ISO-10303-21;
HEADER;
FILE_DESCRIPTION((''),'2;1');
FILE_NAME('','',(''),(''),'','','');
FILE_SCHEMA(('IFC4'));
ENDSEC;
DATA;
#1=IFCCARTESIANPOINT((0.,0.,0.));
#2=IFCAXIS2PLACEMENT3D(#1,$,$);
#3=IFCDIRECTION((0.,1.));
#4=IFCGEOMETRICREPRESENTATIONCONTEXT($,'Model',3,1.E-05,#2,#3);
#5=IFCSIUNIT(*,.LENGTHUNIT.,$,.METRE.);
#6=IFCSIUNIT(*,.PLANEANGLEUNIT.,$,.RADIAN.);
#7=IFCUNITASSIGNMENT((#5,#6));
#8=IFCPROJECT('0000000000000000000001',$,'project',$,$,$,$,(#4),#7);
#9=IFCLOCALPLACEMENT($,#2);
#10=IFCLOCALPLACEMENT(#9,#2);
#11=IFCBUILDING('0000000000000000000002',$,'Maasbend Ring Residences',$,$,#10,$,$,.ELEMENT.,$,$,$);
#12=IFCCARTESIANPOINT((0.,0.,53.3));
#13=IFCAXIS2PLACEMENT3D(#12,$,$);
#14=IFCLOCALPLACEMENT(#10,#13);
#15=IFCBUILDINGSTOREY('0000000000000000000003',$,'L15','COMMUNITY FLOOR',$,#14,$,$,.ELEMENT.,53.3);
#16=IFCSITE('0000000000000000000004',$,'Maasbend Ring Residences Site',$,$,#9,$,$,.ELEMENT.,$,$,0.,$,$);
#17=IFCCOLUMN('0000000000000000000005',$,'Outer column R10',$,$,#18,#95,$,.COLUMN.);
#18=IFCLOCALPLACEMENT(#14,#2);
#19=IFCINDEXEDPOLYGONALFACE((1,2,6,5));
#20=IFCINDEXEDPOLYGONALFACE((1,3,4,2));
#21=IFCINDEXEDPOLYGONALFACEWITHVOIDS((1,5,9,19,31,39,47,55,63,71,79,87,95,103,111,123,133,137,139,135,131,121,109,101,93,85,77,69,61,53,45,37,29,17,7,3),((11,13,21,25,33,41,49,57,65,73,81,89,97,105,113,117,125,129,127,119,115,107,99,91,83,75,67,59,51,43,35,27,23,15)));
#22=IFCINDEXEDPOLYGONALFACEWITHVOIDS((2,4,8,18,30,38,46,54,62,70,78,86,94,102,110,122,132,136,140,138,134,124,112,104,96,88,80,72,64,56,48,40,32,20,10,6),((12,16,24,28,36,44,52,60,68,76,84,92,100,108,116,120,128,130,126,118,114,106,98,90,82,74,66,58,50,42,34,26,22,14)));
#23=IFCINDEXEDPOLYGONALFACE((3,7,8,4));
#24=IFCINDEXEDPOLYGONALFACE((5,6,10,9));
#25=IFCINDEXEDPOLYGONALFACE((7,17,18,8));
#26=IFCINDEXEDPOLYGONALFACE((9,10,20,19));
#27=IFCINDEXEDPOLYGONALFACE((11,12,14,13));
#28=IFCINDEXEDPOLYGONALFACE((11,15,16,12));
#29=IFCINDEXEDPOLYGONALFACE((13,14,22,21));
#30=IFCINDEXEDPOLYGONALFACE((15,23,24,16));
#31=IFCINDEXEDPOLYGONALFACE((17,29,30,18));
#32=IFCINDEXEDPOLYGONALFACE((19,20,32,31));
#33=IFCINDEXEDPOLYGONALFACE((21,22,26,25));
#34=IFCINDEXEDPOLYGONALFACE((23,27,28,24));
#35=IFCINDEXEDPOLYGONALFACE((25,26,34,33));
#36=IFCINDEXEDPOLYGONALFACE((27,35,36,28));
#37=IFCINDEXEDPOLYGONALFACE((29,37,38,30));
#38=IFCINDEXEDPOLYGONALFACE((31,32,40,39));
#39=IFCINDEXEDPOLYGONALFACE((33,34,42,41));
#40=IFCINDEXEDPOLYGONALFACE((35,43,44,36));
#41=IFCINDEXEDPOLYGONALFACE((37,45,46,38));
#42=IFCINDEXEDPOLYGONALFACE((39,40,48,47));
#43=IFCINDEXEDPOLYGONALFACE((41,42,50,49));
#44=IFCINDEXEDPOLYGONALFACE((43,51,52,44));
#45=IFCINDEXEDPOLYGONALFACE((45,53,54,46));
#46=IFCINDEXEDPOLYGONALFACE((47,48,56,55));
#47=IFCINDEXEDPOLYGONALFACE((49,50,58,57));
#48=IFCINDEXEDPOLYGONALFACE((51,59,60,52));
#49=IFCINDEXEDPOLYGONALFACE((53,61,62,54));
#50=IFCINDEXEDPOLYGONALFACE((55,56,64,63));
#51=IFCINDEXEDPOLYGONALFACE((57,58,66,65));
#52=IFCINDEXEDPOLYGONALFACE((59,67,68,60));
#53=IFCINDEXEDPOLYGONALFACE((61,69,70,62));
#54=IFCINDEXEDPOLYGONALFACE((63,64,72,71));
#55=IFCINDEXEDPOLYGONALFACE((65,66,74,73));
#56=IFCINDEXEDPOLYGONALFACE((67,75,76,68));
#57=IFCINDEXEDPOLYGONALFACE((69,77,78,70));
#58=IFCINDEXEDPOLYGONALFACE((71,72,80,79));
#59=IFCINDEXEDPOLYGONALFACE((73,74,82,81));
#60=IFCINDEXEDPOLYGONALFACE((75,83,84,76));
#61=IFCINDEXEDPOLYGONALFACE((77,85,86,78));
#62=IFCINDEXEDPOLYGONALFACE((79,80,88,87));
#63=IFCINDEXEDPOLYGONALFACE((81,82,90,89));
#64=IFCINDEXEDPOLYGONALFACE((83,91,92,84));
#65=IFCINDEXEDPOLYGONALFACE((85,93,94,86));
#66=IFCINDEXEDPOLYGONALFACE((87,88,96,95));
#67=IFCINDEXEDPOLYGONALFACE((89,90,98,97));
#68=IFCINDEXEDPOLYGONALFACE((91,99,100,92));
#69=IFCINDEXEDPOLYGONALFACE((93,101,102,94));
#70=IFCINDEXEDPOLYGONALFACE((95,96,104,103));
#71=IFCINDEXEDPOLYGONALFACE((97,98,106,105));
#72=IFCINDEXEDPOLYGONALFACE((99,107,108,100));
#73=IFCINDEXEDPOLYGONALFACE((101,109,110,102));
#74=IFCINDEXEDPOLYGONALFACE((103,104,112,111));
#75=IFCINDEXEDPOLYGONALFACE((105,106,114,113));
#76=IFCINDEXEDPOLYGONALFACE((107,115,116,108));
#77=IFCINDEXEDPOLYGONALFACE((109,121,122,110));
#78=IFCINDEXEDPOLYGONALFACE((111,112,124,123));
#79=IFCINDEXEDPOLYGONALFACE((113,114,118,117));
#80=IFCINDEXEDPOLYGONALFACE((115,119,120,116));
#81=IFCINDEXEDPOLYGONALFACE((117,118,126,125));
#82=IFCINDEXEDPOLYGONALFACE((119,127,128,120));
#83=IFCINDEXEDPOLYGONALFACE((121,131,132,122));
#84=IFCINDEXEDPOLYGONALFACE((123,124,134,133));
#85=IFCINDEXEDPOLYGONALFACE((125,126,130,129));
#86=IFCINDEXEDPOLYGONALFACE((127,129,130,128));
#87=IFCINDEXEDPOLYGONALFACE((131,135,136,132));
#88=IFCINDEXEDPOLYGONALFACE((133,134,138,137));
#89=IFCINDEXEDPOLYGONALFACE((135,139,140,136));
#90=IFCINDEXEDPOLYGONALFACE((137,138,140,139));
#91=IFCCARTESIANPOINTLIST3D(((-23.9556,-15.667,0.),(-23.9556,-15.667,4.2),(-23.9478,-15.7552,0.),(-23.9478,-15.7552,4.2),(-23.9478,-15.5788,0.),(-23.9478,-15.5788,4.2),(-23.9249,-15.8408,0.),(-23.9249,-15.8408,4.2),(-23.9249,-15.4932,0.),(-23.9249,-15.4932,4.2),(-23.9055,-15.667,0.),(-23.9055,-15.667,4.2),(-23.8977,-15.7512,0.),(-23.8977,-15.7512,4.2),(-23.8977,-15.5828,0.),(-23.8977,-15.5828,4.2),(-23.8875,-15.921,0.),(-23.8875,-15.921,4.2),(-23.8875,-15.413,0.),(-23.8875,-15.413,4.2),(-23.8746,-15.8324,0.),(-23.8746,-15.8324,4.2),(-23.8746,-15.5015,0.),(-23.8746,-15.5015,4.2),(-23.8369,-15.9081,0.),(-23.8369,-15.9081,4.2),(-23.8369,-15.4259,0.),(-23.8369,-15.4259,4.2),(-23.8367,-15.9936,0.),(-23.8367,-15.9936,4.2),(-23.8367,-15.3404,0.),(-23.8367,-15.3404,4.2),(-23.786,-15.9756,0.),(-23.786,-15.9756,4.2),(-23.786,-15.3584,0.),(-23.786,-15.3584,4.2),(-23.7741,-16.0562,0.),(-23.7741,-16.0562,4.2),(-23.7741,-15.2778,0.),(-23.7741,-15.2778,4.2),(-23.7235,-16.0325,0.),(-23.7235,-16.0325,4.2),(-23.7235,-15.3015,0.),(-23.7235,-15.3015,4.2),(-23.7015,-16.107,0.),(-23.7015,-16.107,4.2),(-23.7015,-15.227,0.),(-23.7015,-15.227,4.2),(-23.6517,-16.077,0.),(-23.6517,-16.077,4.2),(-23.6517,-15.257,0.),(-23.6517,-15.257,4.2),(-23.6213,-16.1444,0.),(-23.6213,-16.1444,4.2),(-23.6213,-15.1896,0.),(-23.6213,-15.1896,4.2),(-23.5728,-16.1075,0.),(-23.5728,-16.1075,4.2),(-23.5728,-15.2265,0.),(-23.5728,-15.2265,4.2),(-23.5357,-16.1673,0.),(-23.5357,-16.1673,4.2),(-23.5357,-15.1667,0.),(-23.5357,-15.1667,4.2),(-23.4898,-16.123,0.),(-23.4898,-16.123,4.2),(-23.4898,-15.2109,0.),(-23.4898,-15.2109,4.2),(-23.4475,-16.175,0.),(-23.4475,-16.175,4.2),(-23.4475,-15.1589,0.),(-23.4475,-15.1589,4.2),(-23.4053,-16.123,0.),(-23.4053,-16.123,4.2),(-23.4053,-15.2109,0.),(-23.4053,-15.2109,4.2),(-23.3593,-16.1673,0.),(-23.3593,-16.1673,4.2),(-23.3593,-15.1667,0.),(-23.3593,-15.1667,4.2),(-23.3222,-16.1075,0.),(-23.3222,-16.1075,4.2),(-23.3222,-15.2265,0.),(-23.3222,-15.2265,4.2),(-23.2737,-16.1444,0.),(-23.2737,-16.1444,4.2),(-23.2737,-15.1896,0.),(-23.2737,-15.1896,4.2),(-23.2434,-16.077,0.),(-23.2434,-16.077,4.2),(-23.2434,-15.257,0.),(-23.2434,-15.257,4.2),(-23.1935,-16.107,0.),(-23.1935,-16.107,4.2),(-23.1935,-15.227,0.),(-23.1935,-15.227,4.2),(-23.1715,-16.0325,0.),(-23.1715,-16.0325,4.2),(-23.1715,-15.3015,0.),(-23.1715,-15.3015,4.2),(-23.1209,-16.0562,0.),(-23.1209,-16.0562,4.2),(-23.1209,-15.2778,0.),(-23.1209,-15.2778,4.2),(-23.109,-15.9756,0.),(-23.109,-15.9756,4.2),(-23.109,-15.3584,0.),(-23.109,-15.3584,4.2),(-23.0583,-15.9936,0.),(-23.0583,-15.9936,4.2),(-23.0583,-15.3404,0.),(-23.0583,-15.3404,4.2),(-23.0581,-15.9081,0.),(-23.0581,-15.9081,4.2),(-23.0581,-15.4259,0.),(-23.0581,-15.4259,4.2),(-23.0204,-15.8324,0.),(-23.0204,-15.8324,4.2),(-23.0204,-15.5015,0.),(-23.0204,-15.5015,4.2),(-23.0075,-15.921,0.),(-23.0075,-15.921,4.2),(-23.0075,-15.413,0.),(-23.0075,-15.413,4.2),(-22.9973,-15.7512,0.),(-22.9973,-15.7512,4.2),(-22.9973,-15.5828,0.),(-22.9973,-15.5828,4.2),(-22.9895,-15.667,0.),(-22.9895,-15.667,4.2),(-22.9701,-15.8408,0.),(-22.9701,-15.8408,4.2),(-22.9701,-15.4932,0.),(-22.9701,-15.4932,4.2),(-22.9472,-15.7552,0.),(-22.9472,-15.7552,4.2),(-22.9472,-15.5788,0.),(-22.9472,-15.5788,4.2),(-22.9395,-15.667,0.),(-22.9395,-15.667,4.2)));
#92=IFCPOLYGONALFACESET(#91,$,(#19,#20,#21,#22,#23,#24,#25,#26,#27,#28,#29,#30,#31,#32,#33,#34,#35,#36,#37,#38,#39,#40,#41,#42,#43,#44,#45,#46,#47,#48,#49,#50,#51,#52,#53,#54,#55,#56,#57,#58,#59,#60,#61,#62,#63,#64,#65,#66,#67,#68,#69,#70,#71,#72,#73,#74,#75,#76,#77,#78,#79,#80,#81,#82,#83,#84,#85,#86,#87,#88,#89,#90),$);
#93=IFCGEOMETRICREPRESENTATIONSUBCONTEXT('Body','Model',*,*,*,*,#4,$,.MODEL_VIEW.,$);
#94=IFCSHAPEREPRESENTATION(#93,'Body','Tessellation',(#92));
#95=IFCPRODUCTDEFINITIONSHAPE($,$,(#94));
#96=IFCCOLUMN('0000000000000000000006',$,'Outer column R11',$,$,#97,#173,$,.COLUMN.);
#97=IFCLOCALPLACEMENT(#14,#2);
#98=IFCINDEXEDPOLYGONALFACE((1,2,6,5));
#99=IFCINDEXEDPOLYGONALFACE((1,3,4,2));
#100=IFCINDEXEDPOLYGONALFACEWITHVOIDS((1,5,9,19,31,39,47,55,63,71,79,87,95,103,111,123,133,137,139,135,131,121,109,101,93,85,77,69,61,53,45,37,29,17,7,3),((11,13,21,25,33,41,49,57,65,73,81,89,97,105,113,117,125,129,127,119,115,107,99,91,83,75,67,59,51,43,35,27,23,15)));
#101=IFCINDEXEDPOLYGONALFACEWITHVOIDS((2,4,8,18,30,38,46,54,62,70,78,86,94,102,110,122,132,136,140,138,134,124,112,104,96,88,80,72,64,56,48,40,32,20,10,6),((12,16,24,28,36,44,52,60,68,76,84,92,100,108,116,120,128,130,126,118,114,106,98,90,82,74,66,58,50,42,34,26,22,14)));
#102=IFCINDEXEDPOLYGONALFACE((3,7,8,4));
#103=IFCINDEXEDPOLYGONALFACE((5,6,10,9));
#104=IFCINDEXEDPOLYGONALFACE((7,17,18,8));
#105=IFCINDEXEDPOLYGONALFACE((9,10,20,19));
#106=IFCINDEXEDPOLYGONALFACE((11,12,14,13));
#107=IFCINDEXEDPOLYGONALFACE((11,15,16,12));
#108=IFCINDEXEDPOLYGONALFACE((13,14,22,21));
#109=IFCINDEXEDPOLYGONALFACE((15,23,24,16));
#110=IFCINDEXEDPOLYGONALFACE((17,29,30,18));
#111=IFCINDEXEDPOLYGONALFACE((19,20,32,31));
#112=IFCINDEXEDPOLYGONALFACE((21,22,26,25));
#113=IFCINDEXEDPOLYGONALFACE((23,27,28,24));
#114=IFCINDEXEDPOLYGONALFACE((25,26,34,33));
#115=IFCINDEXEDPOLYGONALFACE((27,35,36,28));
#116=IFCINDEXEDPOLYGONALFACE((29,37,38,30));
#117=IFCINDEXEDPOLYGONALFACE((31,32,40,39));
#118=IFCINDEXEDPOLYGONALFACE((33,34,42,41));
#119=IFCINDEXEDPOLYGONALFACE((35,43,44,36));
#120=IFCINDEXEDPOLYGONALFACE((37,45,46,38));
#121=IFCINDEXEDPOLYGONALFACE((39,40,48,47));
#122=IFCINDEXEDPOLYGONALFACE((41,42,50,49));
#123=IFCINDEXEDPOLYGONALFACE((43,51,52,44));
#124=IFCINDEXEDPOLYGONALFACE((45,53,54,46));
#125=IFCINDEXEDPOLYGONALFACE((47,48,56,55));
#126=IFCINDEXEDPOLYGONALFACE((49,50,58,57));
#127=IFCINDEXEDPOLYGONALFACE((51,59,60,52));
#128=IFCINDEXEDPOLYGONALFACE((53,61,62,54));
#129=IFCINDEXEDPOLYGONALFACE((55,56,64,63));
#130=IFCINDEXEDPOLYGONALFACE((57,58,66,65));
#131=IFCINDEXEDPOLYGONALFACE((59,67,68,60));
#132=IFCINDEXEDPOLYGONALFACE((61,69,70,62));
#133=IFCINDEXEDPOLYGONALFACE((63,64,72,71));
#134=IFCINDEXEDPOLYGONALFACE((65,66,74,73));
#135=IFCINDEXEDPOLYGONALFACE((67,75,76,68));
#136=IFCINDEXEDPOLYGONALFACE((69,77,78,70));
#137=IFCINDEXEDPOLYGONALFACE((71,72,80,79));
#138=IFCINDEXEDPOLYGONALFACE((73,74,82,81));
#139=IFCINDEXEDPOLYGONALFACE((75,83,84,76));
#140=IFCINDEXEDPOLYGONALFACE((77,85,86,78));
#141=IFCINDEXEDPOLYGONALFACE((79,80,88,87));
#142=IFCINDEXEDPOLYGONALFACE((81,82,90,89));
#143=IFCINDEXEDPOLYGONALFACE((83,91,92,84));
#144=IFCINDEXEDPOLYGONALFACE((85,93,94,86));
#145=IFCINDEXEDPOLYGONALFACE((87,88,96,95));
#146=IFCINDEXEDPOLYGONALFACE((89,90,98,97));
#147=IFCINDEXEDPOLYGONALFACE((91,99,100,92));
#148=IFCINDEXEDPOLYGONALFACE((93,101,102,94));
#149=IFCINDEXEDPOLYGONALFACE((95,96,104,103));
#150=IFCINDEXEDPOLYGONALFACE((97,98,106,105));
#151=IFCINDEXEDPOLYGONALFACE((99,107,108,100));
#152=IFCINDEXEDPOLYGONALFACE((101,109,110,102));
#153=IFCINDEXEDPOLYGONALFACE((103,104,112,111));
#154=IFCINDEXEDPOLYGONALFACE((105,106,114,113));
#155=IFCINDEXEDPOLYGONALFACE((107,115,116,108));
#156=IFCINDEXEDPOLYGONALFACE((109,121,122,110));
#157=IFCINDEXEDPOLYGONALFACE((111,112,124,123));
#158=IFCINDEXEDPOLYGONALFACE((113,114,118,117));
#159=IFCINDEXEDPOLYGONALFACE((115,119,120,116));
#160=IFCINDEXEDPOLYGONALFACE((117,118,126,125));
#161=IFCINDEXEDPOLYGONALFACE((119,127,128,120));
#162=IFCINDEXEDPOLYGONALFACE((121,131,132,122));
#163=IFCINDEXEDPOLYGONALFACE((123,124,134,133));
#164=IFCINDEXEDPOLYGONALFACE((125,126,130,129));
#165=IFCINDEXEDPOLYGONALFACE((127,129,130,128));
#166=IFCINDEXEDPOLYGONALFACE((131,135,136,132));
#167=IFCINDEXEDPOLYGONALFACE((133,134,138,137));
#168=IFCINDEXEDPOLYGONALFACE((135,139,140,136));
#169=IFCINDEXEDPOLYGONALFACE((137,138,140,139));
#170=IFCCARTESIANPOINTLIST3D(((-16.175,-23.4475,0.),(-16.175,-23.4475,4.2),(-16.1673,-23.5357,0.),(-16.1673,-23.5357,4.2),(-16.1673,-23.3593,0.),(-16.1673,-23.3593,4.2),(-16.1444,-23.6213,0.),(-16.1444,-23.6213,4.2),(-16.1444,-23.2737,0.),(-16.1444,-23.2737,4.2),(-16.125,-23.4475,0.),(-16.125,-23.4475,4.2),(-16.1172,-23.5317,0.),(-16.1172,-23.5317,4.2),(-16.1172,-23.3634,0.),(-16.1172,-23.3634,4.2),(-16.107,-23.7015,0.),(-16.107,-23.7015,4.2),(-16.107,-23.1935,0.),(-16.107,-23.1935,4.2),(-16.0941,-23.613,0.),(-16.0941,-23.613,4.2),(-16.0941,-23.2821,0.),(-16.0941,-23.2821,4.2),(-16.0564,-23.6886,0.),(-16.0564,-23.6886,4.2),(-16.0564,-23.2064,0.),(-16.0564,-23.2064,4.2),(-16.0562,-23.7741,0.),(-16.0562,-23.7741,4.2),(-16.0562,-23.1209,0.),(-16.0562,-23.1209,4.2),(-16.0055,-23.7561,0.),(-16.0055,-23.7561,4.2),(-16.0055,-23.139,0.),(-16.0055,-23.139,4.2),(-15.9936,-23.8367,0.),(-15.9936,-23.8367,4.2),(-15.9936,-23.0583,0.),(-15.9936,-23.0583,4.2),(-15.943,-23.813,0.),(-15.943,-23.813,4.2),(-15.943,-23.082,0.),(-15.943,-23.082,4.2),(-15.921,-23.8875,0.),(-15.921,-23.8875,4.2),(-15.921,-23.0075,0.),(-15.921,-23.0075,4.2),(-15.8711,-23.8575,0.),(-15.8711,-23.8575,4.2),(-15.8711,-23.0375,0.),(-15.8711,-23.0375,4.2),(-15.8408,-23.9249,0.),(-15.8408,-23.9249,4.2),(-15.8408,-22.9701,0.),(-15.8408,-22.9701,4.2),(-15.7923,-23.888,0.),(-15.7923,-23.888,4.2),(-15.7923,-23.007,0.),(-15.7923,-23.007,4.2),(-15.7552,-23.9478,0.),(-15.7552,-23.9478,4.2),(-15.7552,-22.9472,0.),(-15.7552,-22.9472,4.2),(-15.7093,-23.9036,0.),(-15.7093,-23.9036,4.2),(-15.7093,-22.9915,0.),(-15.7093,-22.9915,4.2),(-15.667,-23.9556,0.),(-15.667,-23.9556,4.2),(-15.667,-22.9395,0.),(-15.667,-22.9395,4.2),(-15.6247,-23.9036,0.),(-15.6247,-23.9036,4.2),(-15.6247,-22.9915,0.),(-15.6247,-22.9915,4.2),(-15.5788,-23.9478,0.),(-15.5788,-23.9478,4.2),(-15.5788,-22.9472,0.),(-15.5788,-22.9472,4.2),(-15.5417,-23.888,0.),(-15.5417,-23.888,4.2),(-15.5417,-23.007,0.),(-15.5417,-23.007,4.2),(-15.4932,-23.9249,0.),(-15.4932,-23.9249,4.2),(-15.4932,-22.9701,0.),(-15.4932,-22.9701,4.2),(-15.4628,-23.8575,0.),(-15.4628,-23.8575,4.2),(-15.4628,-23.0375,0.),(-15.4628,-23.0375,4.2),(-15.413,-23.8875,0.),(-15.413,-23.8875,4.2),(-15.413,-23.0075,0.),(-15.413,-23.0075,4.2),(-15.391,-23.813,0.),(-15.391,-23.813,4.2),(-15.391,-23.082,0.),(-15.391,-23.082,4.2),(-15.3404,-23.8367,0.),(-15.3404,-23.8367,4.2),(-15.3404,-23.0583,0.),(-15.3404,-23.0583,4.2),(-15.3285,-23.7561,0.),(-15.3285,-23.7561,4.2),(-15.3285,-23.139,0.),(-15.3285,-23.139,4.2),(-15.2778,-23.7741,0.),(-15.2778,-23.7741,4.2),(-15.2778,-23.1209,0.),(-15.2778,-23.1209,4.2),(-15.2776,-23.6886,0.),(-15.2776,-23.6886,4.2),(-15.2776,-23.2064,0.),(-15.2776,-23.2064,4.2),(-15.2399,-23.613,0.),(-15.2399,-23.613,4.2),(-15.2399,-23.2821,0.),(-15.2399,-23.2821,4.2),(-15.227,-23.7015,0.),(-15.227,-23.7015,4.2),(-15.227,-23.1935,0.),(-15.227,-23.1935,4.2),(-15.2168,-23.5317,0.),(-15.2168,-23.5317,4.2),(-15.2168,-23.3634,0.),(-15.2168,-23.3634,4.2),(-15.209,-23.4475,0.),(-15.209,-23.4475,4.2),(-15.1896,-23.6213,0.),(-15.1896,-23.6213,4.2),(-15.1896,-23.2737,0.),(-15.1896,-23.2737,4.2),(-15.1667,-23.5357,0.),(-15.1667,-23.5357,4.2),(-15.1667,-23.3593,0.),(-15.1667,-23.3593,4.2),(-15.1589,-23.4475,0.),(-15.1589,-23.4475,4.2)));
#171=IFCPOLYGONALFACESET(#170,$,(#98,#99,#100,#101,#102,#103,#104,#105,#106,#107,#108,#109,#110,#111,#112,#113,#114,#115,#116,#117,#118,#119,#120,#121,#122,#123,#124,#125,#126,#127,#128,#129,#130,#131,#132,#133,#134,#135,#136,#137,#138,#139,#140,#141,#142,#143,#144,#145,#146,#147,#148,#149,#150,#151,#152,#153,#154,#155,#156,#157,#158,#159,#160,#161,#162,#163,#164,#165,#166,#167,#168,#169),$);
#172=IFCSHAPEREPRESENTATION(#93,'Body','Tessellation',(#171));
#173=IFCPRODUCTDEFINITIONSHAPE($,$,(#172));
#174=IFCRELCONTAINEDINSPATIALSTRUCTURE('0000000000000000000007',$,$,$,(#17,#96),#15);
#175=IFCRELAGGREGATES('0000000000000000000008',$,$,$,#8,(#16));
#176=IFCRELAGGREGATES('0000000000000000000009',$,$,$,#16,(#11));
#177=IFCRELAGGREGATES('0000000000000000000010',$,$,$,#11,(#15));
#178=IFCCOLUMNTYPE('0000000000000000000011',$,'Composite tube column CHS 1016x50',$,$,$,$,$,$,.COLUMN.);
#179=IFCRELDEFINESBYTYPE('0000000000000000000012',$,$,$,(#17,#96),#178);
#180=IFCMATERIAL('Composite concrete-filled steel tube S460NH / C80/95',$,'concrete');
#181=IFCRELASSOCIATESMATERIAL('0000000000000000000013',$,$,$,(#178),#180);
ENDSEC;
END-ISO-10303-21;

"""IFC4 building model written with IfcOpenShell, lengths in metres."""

from ifc_helpers import new_model, si_unit, direction, frame, origin, origin_2d, place, context, subcontext, project, spatial, hollow_circle, extrude, material, material_profile, profile_set, type_object, element, save


model = new_model("IFC4")

# Units and contexts
model_context = context("Model", 3, precision=1e-05, world=origin(), true_north=direction((0.0, 1.0)))
body_context = subcontext(model_context, "Body", "Model", "MODEL_VIEW")
ifc_project = project(units=[si_unit("LENGTHUNIT", "METRE"), si_unit("PLANEANGLEUNIT", "RADIAN")], contexts=[model_context])

# Site, building, storey
site_placement = place(None, origin())
site = spatial("IfcSite", under=ifc_project, at=site_placement, Name="Maasbend Ring Residences Site", CompositionType="ELEMENT", RefElevation=0.0)
building_placement = place(site_placement, origin())
building = spatial("IfcBuilding", under=site, at=building_placement, Name="Maasbend Ring Residences", CompositionType="ELEMENT")
storey_placement = place(building_placement, frame((0.0, 0.0, 53.3)))
storey = spatial("IfcBuildingStorey", under=building, at=storey_placement, Name="L15", Description="COMMUNITY FLOOR", CompositionType="ELEMENT", Elevation=53.3)

# Columns
ifc_material_1 = material(Name="Composite concrete-filled steel tube S460NH / C80/95", Category="concrete")
ifc_material_profile_1 = material_profile(ifc_material_1, hollow_circle(Radius=0.5081, WallThickness=0.05, at=origin_2d()), Name="Composite tube column CHS 1016x50")
ifc_profile_set_1 = profile_set([ifc_material_profile_1], Name="Composite concrete-filled steel tube S460NH / C80/95")
column_type_1 = type_object("IfcColumnType", Name="Composite tube column CHS 1016x50", PredefinedType="COLUMN", material=ifc_profile_set_1)
for number, where, z_axis, x_axis, name in (
    (1, (-23.4475, -15.667, 0.0), (0.0, 0.0, 1.0), (1.0, 0.0, 0.0), "Outer column R10"),
    (2, (-15.667, -23.4475, 0.0), (0.0, 0.0, 1.0), (1.0, 0.0, 0.0), "Outer column R11"),
):
    element("IfcColumn", number, at=place(storey_placement, frame(where, z_axis=z_axis, x_axis=x_axis)), inside=storey, type_object=column_type_1, Name=name, PredefinedType="COLUMN", context=body_context, shape_type="SweptSolid", body=[
        extrude(hollow_circle(Radius=0.5081, WallThickness=0.05, at=origin_2d()), origin(), (0.0, 0.0, 1.0), 4.2),
    ])

save(model, "model.ifc")
